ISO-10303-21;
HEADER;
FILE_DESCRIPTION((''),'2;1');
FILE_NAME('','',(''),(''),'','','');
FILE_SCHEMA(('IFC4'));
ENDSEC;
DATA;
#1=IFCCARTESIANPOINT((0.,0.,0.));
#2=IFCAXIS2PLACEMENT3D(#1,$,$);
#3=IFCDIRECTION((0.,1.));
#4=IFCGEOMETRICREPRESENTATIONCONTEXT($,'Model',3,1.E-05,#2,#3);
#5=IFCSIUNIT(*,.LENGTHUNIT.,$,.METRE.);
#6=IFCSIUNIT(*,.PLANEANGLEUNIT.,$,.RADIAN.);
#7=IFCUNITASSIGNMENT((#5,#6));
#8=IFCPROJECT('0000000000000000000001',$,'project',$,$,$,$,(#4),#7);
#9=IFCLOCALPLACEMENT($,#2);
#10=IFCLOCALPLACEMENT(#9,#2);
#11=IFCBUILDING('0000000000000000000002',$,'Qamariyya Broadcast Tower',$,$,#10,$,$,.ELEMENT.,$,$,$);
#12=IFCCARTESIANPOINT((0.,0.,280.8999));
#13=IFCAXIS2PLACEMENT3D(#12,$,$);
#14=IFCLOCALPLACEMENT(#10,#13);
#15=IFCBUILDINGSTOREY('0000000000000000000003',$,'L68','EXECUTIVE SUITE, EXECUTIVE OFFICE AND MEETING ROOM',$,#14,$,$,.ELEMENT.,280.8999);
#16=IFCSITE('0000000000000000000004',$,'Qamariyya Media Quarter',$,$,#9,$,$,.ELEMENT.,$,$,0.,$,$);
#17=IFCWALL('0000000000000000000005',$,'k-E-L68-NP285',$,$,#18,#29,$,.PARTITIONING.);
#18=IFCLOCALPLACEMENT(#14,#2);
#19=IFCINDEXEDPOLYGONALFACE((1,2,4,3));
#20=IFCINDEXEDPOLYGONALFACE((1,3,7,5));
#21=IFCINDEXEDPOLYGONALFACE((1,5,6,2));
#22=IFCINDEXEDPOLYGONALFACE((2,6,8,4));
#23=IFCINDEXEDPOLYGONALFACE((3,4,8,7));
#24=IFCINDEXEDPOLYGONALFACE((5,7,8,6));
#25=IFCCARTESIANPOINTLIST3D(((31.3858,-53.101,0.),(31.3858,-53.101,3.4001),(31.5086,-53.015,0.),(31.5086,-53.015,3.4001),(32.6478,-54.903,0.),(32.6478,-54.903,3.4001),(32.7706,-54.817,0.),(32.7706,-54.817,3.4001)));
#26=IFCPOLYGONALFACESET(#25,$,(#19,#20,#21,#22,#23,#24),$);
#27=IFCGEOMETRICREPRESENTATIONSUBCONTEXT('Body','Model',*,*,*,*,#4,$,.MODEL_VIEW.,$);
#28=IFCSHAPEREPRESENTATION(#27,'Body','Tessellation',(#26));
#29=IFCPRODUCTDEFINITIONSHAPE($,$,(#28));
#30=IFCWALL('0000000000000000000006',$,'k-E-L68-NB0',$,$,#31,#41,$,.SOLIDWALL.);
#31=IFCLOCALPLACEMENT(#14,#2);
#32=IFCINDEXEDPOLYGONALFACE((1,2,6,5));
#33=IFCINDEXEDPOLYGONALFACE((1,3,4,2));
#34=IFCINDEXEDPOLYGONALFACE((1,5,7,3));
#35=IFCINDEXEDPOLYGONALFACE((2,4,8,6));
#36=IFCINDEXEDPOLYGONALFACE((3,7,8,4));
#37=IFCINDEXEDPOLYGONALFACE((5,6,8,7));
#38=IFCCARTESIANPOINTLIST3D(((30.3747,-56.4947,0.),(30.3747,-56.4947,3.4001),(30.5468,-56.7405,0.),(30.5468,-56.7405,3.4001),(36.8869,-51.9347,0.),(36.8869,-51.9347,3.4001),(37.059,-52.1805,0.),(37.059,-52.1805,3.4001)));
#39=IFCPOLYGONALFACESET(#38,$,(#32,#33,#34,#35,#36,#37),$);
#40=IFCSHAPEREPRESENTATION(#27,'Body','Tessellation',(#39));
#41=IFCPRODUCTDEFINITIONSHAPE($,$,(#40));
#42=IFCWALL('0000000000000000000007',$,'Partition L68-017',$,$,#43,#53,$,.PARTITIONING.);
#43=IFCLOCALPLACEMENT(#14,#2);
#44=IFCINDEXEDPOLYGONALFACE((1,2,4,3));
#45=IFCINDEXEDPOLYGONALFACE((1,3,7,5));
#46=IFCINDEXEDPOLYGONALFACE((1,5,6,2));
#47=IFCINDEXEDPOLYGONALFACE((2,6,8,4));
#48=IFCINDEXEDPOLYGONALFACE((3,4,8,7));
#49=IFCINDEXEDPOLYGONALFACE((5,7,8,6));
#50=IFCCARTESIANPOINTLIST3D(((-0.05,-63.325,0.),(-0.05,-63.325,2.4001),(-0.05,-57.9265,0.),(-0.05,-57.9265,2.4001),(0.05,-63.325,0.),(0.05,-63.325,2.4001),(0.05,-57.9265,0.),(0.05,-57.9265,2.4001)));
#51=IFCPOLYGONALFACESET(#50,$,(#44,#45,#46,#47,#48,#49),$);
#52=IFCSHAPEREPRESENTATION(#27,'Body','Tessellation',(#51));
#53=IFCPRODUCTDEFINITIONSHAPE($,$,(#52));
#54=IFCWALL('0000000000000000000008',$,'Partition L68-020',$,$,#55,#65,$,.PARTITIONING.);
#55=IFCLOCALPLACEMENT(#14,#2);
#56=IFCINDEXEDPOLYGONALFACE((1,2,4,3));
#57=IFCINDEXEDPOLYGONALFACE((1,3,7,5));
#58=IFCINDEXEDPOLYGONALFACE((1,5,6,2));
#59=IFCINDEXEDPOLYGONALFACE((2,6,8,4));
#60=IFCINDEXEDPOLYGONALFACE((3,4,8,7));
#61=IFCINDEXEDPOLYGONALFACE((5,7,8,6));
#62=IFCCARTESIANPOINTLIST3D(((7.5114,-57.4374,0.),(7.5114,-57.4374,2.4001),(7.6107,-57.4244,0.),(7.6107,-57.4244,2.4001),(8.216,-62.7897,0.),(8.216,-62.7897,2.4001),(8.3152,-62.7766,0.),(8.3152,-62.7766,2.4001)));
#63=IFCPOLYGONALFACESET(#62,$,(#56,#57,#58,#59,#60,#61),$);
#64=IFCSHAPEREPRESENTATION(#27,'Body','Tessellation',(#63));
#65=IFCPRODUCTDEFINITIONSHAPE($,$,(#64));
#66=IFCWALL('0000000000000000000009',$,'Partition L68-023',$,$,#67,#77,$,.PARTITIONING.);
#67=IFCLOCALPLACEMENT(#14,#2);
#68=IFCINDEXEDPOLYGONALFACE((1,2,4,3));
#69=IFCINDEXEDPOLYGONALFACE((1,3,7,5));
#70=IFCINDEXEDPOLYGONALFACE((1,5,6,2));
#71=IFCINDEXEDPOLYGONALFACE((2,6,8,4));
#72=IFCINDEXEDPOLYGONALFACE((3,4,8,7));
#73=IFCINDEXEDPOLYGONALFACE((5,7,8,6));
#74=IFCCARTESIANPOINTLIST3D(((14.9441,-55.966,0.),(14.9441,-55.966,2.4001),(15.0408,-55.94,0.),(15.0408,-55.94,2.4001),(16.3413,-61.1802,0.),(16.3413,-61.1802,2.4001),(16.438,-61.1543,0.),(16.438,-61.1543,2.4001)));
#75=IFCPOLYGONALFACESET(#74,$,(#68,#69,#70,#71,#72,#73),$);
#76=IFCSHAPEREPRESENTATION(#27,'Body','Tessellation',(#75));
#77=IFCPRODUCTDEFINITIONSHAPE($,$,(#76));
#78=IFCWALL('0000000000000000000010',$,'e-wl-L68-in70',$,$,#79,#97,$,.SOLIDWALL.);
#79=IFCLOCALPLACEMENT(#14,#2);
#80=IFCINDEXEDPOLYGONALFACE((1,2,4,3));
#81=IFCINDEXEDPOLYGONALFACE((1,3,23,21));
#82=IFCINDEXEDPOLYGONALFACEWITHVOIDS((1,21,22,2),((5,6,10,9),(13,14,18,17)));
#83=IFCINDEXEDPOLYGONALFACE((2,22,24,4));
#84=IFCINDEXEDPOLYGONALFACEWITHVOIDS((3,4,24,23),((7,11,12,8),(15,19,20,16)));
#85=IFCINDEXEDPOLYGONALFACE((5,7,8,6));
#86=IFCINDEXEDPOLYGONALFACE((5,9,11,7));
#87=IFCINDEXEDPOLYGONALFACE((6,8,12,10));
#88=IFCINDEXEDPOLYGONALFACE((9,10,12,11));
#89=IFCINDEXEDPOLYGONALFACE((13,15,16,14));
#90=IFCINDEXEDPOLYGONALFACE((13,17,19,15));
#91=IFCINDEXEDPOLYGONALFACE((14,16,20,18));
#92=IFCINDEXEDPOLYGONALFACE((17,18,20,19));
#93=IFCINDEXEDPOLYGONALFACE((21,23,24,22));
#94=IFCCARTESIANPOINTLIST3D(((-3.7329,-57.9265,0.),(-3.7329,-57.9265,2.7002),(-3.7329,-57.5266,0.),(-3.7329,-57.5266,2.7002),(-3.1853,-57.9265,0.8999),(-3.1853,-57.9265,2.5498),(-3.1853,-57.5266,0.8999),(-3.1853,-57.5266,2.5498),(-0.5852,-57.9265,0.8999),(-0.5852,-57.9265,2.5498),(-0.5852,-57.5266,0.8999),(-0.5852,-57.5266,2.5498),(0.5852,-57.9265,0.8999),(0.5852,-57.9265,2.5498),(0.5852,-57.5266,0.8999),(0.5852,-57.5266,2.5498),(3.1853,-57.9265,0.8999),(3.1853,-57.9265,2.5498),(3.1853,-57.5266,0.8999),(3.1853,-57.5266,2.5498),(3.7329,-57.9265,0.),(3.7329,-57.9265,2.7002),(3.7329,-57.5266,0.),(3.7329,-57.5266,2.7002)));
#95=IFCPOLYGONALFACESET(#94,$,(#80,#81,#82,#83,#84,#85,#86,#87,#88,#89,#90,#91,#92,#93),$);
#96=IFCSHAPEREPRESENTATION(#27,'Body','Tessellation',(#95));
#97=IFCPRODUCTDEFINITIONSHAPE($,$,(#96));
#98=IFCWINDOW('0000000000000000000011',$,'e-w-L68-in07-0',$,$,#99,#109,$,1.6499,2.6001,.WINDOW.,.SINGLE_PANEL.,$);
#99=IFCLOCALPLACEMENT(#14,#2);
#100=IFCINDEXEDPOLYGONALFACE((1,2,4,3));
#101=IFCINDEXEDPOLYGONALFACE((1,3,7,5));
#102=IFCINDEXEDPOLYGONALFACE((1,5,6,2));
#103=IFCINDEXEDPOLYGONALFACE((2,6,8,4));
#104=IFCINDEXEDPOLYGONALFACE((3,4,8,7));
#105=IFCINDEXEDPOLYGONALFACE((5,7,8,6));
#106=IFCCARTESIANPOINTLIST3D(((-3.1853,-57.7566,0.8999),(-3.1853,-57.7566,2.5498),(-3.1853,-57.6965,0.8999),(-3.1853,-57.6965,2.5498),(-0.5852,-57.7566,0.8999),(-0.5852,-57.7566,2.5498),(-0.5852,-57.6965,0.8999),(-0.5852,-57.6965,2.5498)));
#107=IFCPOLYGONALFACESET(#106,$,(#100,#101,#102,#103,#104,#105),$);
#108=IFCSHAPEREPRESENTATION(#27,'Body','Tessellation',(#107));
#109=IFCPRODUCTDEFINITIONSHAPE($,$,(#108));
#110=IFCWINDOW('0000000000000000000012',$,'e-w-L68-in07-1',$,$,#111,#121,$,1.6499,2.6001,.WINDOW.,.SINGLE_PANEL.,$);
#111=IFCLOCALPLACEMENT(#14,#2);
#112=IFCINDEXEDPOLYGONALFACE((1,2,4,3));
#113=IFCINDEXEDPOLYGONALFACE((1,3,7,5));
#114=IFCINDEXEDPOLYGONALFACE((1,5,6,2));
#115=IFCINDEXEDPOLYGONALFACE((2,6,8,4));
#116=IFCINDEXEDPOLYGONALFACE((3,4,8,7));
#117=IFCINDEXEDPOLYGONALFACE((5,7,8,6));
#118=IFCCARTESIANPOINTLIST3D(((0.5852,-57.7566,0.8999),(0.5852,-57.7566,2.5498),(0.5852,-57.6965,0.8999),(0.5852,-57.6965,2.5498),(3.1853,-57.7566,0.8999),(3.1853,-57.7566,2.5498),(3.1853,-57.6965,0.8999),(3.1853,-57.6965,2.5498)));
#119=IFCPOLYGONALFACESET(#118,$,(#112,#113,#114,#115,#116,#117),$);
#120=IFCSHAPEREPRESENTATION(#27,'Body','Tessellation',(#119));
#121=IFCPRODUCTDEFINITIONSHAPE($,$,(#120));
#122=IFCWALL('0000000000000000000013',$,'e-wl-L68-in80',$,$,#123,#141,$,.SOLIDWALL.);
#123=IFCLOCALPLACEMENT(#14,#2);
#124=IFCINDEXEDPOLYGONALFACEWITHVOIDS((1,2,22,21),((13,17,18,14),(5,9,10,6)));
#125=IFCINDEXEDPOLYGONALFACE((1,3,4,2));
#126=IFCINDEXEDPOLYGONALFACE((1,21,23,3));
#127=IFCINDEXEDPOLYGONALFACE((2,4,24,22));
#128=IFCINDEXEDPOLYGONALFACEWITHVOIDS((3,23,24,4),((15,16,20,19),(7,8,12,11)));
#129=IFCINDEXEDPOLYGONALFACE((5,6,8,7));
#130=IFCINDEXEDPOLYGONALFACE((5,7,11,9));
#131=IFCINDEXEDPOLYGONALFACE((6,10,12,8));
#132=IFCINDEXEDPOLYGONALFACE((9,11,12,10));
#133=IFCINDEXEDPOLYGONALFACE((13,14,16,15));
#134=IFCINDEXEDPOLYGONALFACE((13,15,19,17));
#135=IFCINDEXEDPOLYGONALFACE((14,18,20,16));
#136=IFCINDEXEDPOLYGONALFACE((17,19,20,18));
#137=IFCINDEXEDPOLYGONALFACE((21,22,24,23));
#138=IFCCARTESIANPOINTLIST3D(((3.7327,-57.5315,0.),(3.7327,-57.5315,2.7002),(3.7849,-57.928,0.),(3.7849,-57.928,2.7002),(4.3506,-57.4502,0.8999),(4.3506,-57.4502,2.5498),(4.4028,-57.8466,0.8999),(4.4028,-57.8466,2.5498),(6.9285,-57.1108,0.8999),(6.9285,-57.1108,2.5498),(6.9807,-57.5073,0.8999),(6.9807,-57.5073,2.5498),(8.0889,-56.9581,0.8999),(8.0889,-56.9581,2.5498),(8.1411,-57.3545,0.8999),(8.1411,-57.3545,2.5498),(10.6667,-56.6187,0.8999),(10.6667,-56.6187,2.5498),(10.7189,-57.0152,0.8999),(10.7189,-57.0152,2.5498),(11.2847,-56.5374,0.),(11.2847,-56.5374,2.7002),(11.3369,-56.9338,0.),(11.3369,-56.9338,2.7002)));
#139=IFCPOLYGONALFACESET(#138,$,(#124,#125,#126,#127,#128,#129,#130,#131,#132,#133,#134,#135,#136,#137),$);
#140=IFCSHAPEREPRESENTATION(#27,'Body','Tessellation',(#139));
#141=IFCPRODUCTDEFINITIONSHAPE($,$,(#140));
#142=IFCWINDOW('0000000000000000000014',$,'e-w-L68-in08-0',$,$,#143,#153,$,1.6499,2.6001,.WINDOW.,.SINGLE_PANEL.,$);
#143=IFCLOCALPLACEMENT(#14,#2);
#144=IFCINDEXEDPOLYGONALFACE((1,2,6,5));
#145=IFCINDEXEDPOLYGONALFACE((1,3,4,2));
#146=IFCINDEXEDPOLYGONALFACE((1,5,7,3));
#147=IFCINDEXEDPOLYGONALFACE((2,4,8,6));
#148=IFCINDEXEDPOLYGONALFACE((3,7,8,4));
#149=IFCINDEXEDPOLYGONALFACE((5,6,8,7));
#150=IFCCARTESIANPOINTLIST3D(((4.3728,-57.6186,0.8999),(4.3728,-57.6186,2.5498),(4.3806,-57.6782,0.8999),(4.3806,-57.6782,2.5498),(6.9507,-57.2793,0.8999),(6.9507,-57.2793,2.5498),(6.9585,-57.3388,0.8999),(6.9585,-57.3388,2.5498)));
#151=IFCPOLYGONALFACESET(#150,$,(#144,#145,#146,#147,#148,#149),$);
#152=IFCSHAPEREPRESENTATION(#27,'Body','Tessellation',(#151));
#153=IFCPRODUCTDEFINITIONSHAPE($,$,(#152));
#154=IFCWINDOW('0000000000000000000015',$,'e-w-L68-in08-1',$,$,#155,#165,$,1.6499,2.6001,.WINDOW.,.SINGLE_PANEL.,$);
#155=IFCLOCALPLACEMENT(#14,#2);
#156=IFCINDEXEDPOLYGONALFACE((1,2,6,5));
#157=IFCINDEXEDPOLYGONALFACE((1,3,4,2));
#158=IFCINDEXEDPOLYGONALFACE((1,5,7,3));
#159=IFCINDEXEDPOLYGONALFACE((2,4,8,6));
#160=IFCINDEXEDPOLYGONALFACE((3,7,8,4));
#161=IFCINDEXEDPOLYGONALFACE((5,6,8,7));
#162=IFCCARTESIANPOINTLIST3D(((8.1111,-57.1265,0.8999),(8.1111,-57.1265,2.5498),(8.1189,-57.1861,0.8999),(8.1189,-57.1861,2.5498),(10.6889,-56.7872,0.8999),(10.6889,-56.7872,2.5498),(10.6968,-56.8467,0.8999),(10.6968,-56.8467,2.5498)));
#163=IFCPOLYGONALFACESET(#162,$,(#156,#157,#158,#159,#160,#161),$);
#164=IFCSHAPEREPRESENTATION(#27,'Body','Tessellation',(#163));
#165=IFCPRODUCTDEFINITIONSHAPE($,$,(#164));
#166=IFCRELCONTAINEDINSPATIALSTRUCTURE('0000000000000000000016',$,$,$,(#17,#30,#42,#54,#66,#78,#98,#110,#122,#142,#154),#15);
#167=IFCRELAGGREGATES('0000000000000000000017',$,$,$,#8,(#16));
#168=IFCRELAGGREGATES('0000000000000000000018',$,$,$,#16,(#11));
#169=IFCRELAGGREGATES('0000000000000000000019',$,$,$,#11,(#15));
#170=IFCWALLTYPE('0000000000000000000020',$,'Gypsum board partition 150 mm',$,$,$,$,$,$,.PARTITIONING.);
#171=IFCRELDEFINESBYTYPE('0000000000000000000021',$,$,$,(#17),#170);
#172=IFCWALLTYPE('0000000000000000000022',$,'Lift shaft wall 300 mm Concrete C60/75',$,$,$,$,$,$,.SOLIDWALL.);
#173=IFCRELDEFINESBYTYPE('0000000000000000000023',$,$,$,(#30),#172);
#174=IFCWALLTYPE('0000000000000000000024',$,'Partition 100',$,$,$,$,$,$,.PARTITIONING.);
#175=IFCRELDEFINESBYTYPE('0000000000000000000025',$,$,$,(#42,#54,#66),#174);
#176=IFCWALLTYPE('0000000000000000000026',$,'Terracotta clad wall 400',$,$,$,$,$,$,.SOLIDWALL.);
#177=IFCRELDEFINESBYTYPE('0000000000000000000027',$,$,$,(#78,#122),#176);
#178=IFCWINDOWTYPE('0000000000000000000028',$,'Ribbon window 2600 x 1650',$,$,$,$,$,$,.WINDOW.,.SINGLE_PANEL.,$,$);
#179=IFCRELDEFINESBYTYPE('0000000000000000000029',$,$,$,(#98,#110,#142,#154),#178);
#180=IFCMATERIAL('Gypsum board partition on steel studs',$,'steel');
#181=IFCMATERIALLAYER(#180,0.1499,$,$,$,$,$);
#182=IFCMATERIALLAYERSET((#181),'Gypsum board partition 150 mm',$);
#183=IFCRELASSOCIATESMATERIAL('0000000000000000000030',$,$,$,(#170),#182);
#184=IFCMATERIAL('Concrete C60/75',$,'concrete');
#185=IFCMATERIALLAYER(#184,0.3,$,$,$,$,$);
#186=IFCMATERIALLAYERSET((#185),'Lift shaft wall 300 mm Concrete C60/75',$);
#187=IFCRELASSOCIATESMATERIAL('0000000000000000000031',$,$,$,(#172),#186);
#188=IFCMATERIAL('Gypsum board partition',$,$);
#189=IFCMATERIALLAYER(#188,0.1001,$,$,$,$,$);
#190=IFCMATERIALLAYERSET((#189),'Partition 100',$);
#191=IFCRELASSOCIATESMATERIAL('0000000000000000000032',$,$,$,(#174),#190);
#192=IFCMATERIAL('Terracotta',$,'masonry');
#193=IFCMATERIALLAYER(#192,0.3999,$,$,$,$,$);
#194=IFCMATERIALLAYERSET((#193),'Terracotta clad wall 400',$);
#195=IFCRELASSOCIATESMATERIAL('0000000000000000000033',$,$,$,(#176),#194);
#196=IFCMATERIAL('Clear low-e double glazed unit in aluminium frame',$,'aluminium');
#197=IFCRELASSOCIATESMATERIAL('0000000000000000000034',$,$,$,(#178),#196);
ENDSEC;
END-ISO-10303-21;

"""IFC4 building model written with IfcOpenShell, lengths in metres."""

from ifc_helpers import new_model, si_unit, direction, frame, frame_2d, origin, place, context, subcontext, project, spatial, rectangle, extrude, material, layer, layer_set, type_object, element, fill, save


model = new_model("IFC4")

# Units and contexts
model_context = context("Model", 3, precision=1e-05, world=origin(), true_north=direction((0.0, 1.0)))
body_context = subcontext(model_context, "Body", "Model", "MODEL_VIEW")
ifc_project = project(units=[si_unit("LENGTHUNIT", "METRE"), si_unit("PLANEANGLEUNIT", "RADIAN")], contexts=[model_context])

# Site, building, storey
site_placement = place(None, origin())
site = spatial("IfcSite", under=ifc_project, at=site_placement, Name="Qamariyya Media Quarter", CompositionType="ELEMENT", RefElevation=0.0)
building_placement = place(site_placement, origin())
building = spatial("IfcBuilding", under=site, at=building_placement, Name="Qamariyya Broadcast Tower", CompositionType="ELEMENT")
storey_placement = place(building_placement, frame((0.0, 0.0, 280.8999)))
storey = spatial("IfcBuildingStorey", under=building, at=storey_placement, Name="L68", Description="EXECUTIVE SUITE, EXECUTIVE OFFICE AND MEETING ROOM", CompositionType="ELEMENT", Elevation=280.8999)

# Shared definitions
ifc_material_1 = material(Name="Concrete C60/75", Category="concrete")

# Walls
ifc_material_2 = material(Name="Gypsum board partition on steel studs", Category="steel")
ifc_layer_1 = layer(ifc_material_2, 0.1499)
ifc_layer_set_1 = layer_set([ifc_layer_1], Name="Gypsum board partition 150 mm")
wall_type_1 = type_object("IfcWallType", Name="Gypsum board partition 150 mm", PredefinedType="PARTITIONING", material=ifc_layer_set_1)
for number, where, z_axis, x_axis, name in (
    (1, (32.7092, -54.8601, 0.0), (0.0, 0.0, 1.0), (-0.573634, 0.819112, 0.0), "k-E-L68-NP285"),
):
    element("IfcWall", number, at=place(storey_placement, frame(where, z_axis=z_axis, x_axis=x_axis)), inside=storey, type_object=wall_type_1, Name=name, PredefinedType="PARTITIONING", context=body_context, shape_type="SweptSolid", body=[
        extrude(rectangle(XDim=2.2, YDim=0.1499, at=frame_2d((1.1001, 0.0))), origin(), (0.0, 0.0, 1.0), 3.4001),
    ])
ifc_layer_2 = layer(ifc_material_1, 0.3)
ifc_layer_set_2 = layer_set([ifc_layer_2], Name="Lift shaft wall 300 mm Concrete C60/75")
wall_type_2 = type_object("IfcWallType", Name="Lift shaft wall 300 mm Concrete C60/75", PredefinedType="SOLIDWALL", material=ifc_layer_set_2)
wall_1_placement = place(storey_placement, frame((30.4607, -56.6177, 0.0), z_axis=(0.0, 0.0, 1.0), x_axis=(0.819142, 0.57359, 0.0)))
element("IfcWall", 2, at=wall_1_placement, inside=storey, type_object=wall_type_2, Name="k-E-L68-NB0", PredefinedType="SOLIDWALL", context=body_context, shape_type="SweptSolid", body=[
    extrude(rectangle(XDim=7.95, YDim=0.3, at=frame_2d((3.9751, 0.0))), origin(), (0.0, 0.0, 1.0), 3.4001),
])
ifc_material_3 = material(Name="Gypsum board partition")
ifc_layer_3 = layer(ifc_material_3, 0.1001)
ifc_layer_set_3 = layer_set([ifc_layer_3], Name="Partition 100")
wall_type_3 = type_object("IfcWallType", Name="Partition 100", PredefinedType="PARTITIONING", material=ifc_layer_set_3)
for number, where, z_axis, x_axis, name in (
    (3, (0.0, -57.9265, 0.0), (0.0, 0.0, 1.0), (0.0, -1.0, 0.0), "Partition L68-017"),
    (4, (7.561, -57.4309, 0.0), (0.0, 0.0, 1.0), (0.130517, -0.991446, 0.0), "Partition L68-020"),
):
    element("IfcWall", number, at=place(storey_placement, frame(where, z_axis=z_axis, x_axis=x_axis)), inside=storey, type_object=wall_type_3, Name=name, PredefinedType="PARTITIONING", context=body_context, shape_type="SweptSolid", body=[
        extrude(rectangle(XDim=5.3984, YDim=0.1001, at=frame_2d((2.6992, 0.0))), origin(), (0.0, 0.0, 1.0), 2.4001),
    ])
wall_2_placement = place(storey_placement, frame((14.9924, -55.9529, 0.0), z_axis=(0.0, 0.0, 1.0), x_axis=(0.258825, -0.965924, 0.0)))
element("IfcWall", 5, at=wall_2_placement, inside=storey, type_object=wall_type_3, Name="Partition L68-023", PredefinedType="PARTITIONING", context=body_context, shape_type="SweptSolid", body=[
    extrude(rectangle(XDim=5.3982, YDim=0.1001, at=frame_2d((2.6992, 0.0))), origin(), (0.0, 0.0, 1.0), 2.4001),
])

# Walls, openings, windows
ifc_material_4 = material(Name="Terracotta", Category="masonry")
ifc_layer_4 = layer(ifc_material_4, 0.3999)
ifc_layer_set_4 = layer_set([ifc_layer_4], Name="Terracotta clad wall 400")
wall_type_4 = type_object("IfcWallType", Name="Terracotta clad wall 400", PredefinedType="SOLIDWALL", material=ifc_layer_set_4)
wall_3_placement = place(storey_placement, frame((3.7329, -57.7266, 0.0), z_axis=(0.0, 0.0, 1.0), x_axis=(-1.0, 0.0, 0.0)))
wall_3 = element("IfcWall", 6, at=wall_3_placement, inside=storey, type_object=wall_type_4, Name="e-wl-L68-in70", PredefinedType="SOLIDWALL", context=body_context, shape_type="SweptSolid", body=[
    extrude(rectangle(XDim=7.4658, YDim=0.3999, at=frame_2d((3.7329, 0.0))), origin(), (0.0, 0.0, 1.0), 2.7002),
])
opening_1_placement = place(wall_3_placement, frame((4.3181, 0.0, 0.8999)))
opening_1 = element("IfcOpeningElement", 7, at=opening_1_placement, cuts=wall_3, PredefinedType="OPENING", context=body_context, shape_type="SweptSolid", body=[
    extrude(rectangle(XDim=2.6001, YDim=1.6499, at=frame_2d((1.3, 0.825))), frame((0.0, 0.21, 0.0), z_axis=(0.0, -1.0, 0.0), x_axis=(1.0, 0.0, 0.0)), (0.0, 0.0, 1.0), 0.4199),
])
opening_2_placement = place(wall_3_placement, frame((0.5476, 0.0, 0.8999)))
opening_2 = element("IfcOpeningElement", 8, at=opening_2_placement, cuts=wall_3, PredefinedType="OPENING", context=body_context, shape_type="SweptSolid", body=[
    extrude(rectangle(XDim=2.6001, YDim=1.6499, at=frame_2d((1.3, 0.825))), frame((0.0, 0.21, 0.0), z_axis=(0.0, -1.0, 0.0), x_axis=(1.0, 0.0, 0.0)), (0.0, 0.0, 1.0), 0.4199),
])
ifc_material_5 = material(Name="Clear low-e double glazed unit in aluminium frame", Category="aluminium")
window_type = type_object("IfcWindowType", Name="Ribbon window 2600 x 1650", PartitioningType="SINGLE_PANEL", PredefinedType="WINDOW", material=ifc_material_5)
window_1_placement = place(opening_1_placement, origin())
window_1 = element("IfcWindow", 9, at=window_1_placement, inside=storey, type_object=window_type, Name="e-w-L68-in07-0", OverallHeight=1.6499, OverallWidth=2.6001, PartitioningType="SINGLE_PANEL", PredefinedType="WINDOW", context=body_context, shape_type="SweptSolid", body=[
    extrude(rectangle(XDim=2.6001, YDim=1.6499, at=frame_2d((1.3, 0.825))), frame((0.0, 0.03, 0.0), z_axis=(0.0, -1.0, 0.0), x_axis=(1.0, 0.0, 0.0)), (0.0, 0.0, 1.0), 0.0601),
])
fill(opening_1, window_1)
window_2_placement = place(opening_2_placement, origin())
window_2 = element("IfcWindow", 10, at=window_2_placement, inside=storey, type_object=window_type, Name="e-w-L68-in07-1", OverallHeight=1.6499, OverallWidth=2.6001, PartitioningType="SINGLE_PANEL", PredefinedType="WINDOW", context=body_context, shape_type="SweptSolid", body=[
    extrude(rectangle(XDim=2.6001, YDim=1.6499, at=frame_2d((1.3, 0.825))), frame((0.0, 0.03, 0.0), z_axis=(0.0, -1.0, 0.0), x_axis=(1.0, 0.0, 0.0)), (0.0, 0.0, 1.0), 0.0601),
])
fill(opening_2, window_2)
wall_4_placement = place(storey_placement, frame((11.3108, -56.7356, 0.0), z_axis=(0.0, 0.0, 1.0), x_axis=(-0.991447, -0.130513, 0.0)))
wall_4 = element("IfcWall", 11, at=wall_4_placement, inside=storey, type_object=wall_type_4, Name="e-wl-L68-in80", PredefinedType="SOLIDWALL", context=body_context, shape_type="SweptSolid", body=[
    extrude(rectangle(XDim=7.6172, YDim=0.3999, at=frame_2d((3.8086, 0.0))), origin(), (0.0, 0.0, 1.0), 2.7002),
])
opening_3_placement = place(wall_4_placement, frame((4.3938, 0.0, 0.8999)))
opening_3 = element("IfcOpeningElement", 12, at=opening_3_placement, cuts=wall_4, PredefinedType="OPENING", context=body_context, shape_type="SweptSolid", body=[
    extrude(rectangle(XDim=2.6001, YDim=1.6499, at=frame_2d((1.3, 0.825))), frame((0.0, 0.21, 0.0), z_axis=(0.0, -1.0, 0.0), x_axis=(1.0, 0.0, 0.0)), (0.0, 0.0, 1.0), 0.4199),
])
opening_4_placement = place(wall_4_placement, frame((0.6233, 0.0, 0.8999)))
opening_4 = element("IfcOpeningElement", 13, at=opening_4_placement, cuts=wall_4, PredefinedType="OPENING", context=body_context, shape_type="SweptSolid", body=[
    extrude(rectangle(XDim=2.6001, YDim=1.6499, at=frame_2d((1.3, 0.825))), frame((0.0, 0.21, 0.0), z_axis=(0.0, -1.0, 0.0), x_axis=(1.0, 0.0, 0.0)), (0.0, 0.0, 1.0), 0.4199),
])
window_3_placement = place(opening_3_placement, origin())
window_3 = element("IfcWindow", 14, at=window_3_placement, inside=storey, type_object=window_type, Name="e-w-L68-in08-0", OverallHeight=1.6499, OverallWidth=2.6001, PartitioningType="SINGLE_PANEL", PredefinedType="WINDOW", context=body_context, shape_type="SweptSolid", body=[
    extrude(rectangle(XDim=2.6001, YDim=1.6499, at=frame_2d((1.3, 0.825))), frame((0.0, 0.03, 0.0), z_axis=(0.0, -1.0, 0.0), x_axis=(1.0, 0.0, 0.0)), (0.0, 0.0, 1.0), 0.0601),
])
fill(opening_3, window_3)
window_4_placement = place(opening_4_placement, origin())
window_4 = element("IfcWindow", 15, at=window_4_placement, inside=storey, type_object=window_type, Name="e-w-L68-in08-1", OverallHeight=1.6499, OverallWidth=2.6001, PartitioningType="SINGLE_PANEL", PredefinedType="WINDOW", context=body_context, shape_type="SweptSolid", body=[
    extrude(rectangle(XDim=2.6001, YDim=1.6499, at=frame_2d((1.3, 0.825))), frame((0.0, 0.03, 0.0), z_axis=(0.0, -1.0, 0.0), x_axis=(1.0, 0.0, 0.0)), (0.0, 0.0, 1.0), 0.0601),
])
fill(opening_4, window_4)

save(model, "model.ifc")
